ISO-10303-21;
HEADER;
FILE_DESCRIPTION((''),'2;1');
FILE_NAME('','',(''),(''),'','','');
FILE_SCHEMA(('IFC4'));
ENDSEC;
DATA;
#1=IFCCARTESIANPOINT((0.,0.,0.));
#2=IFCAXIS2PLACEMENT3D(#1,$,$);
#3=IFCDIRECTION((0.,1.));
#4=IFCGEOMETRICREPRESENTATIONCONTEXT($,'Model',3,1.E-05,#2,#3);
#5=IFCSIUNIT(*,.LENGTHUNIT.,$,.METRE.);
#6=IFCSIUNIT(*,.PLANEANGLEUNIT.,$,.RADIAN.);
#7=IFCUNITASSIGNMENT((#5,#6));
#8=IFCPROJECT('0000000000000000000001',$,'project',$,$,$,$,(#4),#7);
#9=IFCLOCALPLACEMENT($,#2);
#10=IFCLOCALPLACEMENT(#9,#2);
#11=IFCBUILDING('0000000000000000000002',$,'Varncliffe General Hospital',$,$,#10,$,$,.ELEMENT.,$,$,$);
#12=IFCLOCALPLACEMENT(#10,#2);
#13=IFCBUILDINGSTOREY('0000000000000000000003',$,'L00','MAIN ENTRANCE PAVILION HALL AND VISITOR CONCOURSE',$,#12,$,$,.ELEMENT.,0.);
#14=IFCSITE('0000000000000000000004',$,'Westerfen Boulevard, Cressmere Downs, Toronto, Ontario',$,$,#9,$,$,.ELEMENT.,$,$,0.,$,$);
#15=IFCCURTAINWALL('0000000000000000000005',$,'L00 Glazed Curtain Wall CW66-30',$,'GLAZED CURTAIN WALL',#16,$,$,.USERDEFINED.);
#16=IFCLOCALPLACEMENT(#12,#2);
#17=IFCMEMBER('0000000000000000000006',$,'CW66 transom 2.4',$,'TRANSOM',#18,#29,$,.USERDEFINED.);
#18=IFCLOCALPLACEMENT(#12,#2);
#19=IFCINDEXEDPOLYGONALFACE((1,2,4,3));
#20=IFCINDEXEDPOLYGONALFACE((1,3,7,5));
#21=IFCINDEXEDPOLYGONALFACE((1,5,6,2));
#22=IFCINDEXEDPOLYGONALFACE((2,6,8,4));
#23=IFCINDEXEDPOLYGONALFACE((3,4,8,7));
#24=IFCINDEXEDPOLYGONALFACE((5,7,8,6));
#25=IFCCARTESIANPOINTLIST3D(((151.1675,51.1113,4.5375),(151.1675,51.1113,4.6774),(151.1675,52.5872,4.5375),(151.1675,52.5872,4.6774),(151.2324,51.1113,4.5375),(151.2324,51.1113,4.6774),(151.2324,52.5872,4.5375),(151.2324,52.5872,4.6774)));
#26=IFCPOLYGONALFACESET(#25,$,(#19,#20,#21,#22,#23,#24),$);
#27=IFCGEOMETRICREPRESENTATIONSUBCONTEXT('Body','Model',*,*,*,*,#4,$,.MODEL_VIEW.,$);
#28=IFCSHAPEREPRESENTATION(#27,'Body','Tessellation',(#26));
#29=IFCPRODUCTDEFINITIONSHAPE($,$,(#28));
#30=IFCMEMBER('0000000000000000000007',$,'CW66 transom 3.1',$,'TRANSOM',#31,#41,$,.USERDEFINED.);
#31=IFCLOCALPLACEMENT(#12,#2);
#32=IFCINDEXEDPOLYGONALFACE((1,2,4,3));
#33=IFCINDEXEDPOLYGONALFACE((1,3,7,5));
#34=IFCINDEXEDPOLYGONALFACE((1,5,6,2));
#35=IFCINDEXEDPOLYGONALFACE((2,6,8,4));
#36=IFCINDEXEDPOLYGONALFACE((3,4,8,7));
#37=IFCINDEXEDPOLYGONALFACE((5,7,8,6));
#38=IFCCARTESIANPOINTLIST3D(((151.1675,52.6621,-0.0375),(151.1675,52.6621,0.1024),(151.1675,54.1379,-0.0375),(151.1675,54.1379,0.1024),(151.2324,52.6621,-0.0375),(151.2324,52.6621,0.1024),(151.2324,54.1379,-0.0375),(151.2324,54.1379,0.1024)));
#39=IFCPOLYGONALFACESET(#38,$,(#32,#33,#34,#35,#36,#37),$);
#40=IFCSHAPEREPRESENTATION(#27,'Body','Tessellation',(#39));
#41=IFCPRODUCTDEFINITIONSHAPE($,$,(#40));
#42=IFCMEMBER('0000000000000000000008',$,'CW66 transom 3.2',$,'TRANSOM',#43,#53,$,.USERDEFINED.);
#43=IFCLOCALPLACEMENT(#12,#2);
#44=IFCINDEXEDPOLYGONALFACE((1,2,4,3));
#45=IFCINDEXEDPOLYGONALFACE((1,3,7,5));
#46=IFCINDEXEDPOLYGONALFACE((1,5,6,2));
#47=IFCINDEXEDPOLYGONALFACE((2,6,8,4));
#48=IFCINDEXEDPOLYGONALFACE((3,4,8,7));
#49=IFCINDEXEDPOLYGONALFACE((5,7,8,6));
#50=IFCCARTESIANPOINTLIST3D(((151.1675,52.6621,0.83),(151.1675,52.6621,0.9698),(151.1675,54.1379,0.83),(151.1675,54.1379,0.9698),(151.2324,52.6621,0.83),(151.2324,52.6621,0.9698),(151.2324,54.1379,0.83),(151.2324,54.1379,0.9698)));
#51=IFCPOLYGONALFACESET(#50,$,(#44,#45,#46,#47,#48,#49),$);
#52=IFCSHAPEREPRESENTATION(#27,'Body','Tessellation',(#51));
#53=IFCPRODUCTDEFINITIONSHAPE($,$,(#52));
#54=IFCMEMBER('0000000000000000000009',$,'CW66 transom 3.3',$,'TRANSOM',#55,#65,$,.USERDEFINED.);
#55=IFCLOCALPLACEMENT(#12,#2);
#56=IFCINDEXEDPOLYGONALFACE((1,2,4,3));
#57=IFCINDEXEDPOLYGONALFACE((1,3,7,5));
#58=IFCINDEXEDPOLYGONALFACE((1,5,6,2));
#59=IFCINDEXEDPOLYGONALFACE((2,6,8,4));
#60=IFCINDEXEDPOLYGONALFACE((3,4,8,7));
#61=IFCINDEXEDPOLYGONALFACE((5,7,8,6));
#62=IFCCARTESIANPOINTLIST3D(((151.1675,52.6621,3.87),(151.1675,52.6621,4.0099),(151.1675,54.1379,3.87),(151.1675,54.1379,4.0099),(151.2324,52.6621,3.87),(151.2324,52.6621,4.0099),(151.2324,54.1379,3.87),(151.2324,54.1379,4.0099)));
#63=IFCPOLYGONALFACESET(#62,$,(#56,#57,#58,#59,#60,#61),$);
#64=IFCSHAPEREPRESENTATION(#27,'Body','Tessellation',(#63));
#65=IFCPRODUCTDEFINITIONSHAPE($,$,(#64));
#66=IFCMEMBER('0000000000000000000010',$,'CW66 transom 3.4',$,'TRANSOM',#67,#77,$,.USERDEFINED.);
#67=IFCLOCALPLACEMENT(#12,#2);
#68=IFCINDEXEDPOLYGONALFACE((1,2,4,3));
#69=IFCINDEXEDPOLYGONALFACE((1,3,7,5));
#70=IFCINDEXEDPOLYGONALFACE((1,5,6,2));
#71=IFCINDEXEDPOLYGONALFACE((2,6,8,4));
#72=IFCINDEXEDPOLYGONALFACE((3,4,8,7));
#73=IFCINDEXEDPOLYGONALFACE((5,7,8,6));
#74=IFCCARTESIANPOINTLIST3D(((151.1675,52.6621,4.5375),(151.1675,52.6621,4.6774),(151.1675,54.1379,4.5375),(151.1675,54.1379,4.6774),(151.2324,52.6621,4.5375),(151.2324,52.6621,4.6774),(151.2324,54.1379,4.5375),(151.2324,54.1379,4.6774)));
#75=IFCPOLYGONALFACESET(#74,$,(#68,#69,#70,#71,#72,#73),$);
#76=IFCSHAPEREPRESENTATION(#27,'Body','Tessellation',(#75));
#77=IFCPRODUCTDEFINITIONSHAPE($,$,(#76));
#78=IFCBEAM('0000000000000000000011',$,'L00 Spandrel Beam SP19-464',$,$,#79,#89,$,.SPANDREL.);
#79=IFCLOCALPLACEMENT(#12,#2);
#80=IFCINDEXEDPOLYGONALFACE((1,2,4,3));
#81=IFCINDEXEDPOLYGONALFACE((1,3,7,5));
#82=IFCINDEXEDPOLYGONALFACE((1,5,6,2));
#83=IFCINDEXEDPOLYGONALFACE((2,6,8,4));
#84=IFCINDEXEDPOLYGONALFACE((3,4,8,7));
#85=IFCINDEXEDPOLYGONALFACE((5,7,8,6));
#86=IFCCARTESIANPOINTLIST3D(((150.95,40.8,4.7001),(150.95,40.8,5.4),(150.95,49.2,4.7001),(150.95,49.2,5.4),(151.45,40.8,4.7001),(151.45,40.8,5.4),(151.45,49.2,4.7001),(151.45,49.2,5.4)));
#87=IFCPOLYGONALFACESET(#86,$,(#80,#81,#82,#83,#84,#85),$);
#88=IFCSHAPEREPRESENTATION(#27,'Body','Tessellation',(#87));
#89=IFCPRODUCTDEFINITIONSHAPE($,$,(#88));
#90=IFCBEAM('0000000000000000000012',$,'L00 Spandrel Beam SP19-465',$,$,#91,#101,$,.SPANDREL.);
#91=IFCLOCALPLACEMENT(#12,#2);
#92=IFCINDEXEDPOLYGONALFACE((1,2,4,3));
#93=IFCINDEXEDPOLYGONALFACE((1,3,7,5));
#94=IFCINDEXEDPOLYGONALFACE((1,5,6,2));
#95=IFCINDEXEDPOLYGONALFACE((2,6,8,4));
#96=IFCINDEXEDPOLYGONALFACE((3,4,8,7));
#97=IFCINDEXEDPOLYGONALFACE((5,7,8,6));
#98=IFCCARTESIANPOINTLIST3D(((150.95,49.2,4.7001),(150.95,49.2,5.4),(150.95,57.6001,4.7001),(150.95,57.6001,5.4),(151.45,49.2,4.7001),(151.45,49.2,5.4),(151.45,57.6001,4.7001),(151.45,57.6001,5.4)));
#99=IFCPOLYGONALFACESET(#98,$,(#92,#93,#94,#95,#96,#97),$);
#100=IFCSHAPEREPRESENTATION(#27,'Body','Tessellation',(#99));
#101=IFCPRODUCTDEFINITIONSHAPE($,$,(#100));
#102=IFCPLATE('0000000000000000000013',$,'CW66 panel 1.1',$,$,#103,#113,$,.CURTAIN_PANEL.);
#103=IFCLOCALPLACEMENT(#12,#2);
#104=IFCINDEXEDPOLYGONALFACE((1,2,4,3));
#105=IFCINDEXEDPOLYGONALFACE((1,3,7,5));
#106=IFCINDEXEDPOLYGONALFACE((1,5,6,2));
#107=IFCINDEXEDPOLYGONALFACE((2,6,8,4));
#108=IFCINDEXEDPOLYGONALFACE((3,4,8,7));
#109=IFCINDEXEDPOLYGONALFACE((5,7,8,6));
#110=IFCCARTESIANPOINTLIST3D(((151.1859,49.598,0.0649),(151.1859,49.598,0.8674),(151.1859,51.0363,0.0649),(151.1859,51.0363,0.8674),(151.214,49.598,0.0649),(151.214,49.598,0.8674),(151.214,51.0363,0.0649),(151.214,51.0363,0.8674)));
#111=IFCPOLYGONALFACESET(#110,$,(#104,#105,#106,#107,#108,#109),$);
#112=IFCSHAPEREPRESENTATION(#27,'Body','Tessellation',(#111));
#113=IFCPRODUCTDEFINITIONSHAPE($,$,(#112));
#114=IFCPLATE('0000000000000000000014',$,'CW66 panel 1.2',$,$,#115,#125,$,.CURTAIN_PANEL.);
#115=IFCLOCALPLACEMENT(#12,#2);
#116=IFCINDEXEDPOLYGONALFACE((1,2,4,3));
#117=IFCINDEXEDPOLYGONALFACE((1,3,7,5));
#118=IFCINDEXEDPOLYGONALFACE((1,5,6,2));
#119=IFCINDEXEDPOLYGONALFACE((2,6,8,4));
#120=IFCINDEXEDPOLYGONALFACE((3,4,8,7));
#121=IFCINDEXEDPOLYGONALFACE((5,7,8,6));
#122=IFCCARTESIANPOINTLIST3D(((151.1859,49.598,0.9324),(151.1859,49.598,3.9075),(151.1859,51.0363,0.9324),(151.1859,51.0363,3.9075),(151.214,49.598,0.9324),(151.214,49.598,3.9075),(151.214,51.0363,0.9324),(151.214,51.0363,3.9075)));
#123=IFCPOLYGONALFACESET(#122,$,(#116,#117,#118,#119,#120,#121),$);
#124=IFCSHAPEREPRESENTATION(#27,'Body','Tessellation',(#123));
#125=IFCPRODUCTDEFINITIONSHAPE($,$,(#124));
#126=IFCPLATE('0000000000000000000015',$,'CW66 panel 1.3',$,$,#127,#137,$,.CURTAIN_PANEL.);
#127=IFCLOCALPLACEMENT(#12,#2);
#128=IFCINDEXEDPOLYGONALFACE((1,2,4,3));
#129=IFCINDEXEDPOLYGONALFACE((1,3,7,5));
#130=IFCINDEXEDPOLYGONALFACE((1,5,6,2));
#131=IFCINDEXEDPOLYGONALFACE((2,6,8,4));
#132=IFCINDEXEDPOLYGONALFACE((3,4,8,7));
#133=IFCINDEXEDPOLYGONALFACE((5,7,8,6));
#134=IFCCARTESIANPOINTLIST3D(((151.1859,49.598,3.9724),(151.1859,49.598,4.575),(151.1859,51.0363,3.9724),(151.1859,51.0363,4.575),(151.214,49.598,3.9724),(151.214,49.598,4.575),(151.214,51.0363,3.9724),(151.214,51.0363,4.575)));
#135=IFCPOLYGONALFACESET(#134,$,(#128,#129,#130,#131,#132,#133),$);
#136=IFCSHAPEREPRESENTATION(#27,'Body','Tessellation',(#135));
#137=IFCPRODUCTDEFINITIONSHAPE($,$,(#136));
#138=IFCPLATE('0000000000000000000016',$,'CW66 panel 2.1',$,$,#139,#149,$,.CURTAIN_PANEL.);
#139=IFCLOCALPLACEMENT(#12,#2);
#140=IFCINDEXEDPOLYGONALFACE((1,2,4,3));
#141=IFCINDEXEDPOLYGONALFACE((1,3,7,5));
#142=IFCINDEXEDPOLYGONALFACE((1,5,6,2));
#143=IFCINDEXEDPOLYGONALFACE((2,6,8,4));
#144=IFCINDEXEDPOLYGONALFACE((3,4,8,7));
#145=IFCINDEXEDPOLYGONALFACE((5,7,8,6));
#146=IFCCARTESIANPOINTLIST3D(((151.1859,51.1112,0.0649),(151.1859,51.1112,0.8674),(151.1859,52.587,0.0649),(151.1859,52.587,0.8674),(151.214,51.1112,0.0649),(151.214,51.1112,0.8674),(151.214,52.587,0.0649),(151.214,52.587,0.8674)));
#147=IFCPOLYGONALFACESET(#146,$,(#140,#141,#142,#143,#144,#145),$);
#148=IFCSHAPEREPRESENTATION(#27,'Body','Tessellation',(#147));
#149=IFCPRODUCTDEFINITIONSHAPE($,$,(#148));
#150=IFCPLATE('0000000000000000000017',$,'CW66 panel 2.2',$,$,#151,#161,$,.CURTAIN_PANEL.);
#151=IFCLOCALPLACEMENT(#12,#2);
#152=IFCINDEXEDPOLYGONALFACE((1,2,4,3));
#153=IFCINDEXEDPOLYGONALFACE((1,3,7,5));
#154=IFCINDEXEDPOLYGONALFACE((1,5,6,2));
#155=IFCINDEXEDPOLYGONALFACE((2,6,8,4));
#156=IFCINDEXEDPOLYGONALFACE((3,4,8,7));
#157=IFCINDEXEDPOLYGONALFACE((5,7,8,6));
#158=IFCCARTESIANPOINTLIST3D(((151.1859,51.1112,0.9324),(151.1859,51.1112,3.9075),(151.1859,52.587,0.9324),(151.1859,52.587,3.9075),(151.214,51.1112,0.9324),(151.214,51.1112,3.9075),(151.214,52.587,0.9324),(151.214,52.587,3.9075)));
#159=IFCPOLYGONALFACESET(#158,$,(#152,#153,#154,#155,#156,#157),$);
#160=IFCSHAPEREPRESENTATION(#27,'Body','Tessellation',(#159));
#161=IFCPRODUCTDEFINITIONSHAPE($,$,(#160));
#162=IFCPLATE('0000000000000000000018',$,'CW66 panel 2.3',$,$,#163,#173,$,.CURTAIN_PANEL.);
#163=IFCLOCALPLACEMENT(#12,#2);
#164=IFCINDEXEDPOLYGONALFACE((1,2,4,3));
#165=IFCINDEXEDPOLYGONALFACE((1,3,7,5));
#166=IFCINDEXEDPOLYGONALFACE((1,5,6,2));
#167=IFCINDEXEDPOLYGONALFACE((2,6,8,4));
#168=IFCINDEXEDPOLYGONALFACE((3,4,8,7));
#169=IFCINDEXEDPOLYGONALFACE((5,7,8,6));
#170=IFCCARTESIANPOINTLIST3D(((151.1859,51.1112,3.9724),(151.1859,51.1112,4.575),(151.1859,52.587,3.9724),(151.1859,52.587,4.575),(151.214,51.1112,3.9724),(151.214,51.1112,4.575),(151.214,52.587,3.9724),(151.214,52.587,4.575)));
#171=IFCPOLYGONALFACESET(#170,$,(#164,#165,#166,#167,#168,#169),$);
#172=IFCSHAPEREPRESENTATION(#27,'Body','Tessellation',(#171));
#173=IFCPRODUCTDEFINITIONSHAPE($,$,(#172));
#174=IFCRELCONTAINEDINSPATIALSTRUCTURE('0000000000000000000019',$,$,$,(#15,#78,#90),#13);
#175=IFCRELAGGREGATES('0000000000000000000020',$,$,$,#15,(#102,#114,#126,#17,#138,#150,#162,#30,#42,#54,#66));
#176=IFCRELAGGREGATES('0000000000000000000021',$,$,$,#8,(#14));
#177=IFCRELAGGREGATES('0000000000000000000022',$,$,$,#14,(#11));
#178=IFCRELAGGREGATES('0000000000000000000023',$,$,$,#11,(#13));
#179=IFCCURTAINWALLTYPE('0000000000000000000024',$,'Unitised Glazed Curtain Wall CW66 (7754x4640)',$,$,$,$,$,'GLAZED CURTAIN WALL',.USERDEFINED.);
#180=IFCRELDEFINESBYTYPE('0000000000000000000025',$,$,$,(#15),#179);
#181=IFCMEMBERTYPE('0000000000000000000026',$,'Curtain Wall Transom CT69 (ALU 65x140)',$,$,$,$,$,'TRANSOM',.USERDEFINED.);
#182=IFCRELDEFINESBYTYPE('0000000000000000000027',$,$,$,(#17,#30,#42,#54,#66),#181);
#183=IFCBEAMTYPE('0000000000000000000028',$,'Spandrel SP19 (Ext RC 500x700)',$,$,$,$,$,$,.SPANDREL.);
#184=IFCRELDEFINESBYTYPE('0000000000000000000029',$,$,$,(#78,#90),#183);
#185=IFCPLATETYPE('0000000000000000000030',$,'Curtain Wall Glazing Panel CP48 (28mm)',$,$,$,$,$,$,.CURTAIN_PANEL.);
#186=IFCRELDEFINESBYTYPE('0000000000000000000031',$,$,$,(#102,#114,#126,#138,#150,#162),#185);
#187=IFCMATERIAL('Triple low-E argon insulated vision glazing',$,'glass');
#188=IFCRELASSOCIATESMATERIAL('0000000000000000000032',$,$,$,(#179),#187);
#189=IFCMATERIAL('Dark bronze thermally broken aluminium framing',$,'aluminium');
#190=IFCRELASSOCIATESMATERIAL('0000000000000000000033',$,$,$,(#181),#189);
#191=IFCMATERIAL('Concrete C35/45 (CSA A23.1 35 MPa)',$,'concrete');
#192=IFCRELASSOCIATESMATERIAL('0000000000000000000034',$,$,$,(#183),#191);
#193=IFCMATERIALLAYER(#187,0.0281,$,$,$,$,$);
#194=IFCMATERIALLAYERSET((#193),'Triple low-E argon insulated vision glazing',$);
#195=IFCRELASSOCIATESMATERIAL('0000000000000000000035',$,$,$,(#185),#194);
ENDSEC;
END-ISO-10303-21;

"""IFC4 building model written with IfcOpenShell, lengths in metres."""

from ifc_helpers import new_model, si_unit, direction, frame, origin, origin_2d, place, context, subcontext, project, spatial, rectangle, extrude, material, layer, layer_set, material_profile, profile_set, type_object, element, aggregate, save


model = new_model("IFC4")

# Units and contexts
model_context = context("Model", 3, precision=1e-05, world=origin(), true_north=direction((0.0, 1.0)))
body_context = subcontext(model_context, "Body", "Model", "MODEL_VIEW")
ifc_project = project(units=[si_unit("LENGTHUNIT", "METRE"), si_unit("PLANEANGLEUNIT", "RADIAN")], contexts=[model_context])

# Site, building, storey
site_placement = place(None, origin())
site = spatial("IfcSite", under=ifc_project, at=site_placement, Name="Westerfen Boulevard, Cressmere Downs, Toronto, Ontario", CompositionType="ELEMENT", RefElevation=0.0)
building_placement = place(site_placement, origin())
building = spatial("IfcBuilding", under=site, at=building_placement, Name="Varncliffe General Hospital", CompositionType="ELEMENT")
storey_placement = place(building_placement, origin())
storey = spatial("IfcBuildingStorey", under=building, at=storey_placement, Name="L00", Description="MAIN ENTRANCE PAVILION HALL AND VISITOR CONCOURSE", CompositionType="ELEMENT", Elevation=0.0)

# Shared definitions
ifc_material_1 = material(Name="Concrete C35/45 (CSA A23.1 35 MPa)", Category="concrete")

# Curtain wall, members
ifc_material_2 = material(Name="Triple low-E argon insulated vision glazing", Category="glass")
curtain_wall_type = type_object("IfcCurtainWallType", Name="Unitised Glazed Curtain Wall CW66 (7754x4640)", ElementType="GLAZED CURTAIN WALL", PredefinedType="USERDEFINED", material=ifc_material_2)
curtain_wall_placement = place(storey_placement, origin())
curtain_wall = element("IfcCurtainWall", 1, at=curtain_wall_placement, inside=storey, type_object=curtain_wall_type, Name="L00 Glazed Curtain Wall CW66-30", ObjectType="GLAZED CURTAIN WALL", PredefinedType="USERDEFINED")
ifc_material_3 = material(Name="Dark bronze thermally broken aluminium framing", Category="aluminium")
ifc_material_profile_1 = material_profile(ifc_material_3, rectangle(XDim=0.0649, YDim=0.1399, at=origin_2d()), Name="ALU 65x140")
ifc_profile_set_1 = profile_set([ifc_material_profile_1], Name="Dark bronze thermally broken aluminium framing")
member_type_1 = type_object("IfcMemberType", Name="Curtain Wall Transom CT69 (ALU 65x140)", ElementType="TRANSOM", PredefinedType="USERDEFINED", material=ifc_profile_set_1)
member_1_placement = place(storey_placement, frame((151.2, 51.1113, 4.6074), z_axis=(0.0, 1.0, 0.0), x_axis=(-1.0, 0.0, 0.0)))
member_1 = element("IfcMember", 2, at=member_1_placement, type_object=member_type_1, Name="CW66 transom 2.4", ObjectType="TRANSOM", PredefinedType="USERDEFINED", context=body_context, shape_type="SweptSolid", body=[
    extrude(rectangle(XDim=0.0649, YDim=0.1399, at=origin_2d()), origin(), (0.0, 0.0, 1.0), 1.4758),
])
member_2_placement = place(storey_placement, frame((151.2, 52.6621, 0.0325), z_axis=(0.0, 1.0, 0.0), x_axis=(-1.0, 0.0, 0.0)))
member_2 = element("IfcMember", 3, at=member_2_placement, type_object=member_type_1, Name="CW66 transom 3.1", ObjectType="TRANSOM", PredefinedType="USERDEFINED", context=body_context, shape_type="SweptSolid", body=[
    extrude(rectangle(XDim=0.0649, YDim=0.1399, at=origin_2d()), origin(), (0.0, 0.0, 1.0), 1.4758),
])
member_3_placement = place(storey_placement, frame((151.2, 52.6621, 0.8999), z_axis=(0.0, 1.0, 0.0), x_axis=(-1.0, 0.0, 0.0)))
member_3 = element("IfcMember", 4, at=member_3_placement, type_object=member_type_1, Name="CW66 transom 3.2", ObjectType="TRANSOM", PredefinedType="USERDEFINED", context=body_context, shape_type="SweptSolid", body=[
    extrude(rectangle(XDim=0.0649, YDim=0.1399, at=origin_2d()), origin(), (0.0, 0.0, 1.0), 1.4758),
])
member_4_placement = place(storey_placement, frame((151.2, 52.6621, 3.9399), z_axis=(0.0, 1.0, 0.0), x_axis=(-1.0, 0.0, 0.0)))
member_4 = element("IfcMember", 5, at=member_4_placement, type_object=member_type_1, Name="CW66 transom 3.3", ObjectType="TRANSOM", PredefinedType="USERDEFINED", context=body_context, shape_type="SweptSolid", body=[
    extrude(rectangle(XDim=0.0649, YDim=0.1399, at=origin_2d()), origin(), (0.0, 0.0, 1.0), 1.4758),
])
member_5_placement = place(storey_placement, frame((151.2, 52.6621, 4.6074), z_axis=(0.0, 1.0, 0.0), x_axis=(-1.0, 0.0, 0.0)))
member_5 = element("IfcMember", 6, at=member_5_placement, type_object=member_type_1, Name="CW66 transom 3.4", ObjectType="TRANSOM", PredefinedType="USERDEFINED", context=body_context, shape_type="SweptSolid", body=[
    extrude(rectangle(XDim=0.0649, YDim=0.1399, at=origin_2d()), origin(), (0.0, 0.0, 1.0), 1.4758),
])

# Beams
ifc_material_profile_2 = material_profile(ifc_material_1, rectangle(XDim=0.5, YDim=0.7, at=origin_2d()), Name="RC 500x700")
ifc_profile_set_2 = profile_set([ifc_material_profile_2], Name="Concrete C35/45 (CSA A23.1 35 MPa)")
beam_type_1 = type_object("IfcBeamType", Name="Spandrel SP19 (Ext RC 500x700)", PredefinedType="SPANDREL", material=ifc_profile_set_2)
beam_1_placement = place(storey_placement, frame((151.2, 40.8, 5.05), z_axis=(0.0, 1.0, 0.0), x_axis=(-1.0, 0.0, 0.0)))
element("IfcBeam", 7, at=beam_1_placement, inside=storey, type_object=beam_type_1, Name="L00 Spandrel Beam SP19-464", PredefinedType="SPANDREL", context=body_context, shape_type="SweptSolid", body=[
    extrude(rectangle(XDim=0.5, YDim=0.7, at=origin_2d()), origin(), (0.0, 0.0, 1.0), 8.3999),
])
beam_2_placement = place(storey_placement, frame((151.2, 49.2, 5.05), z_axis=(0.0, 1.0, 0.0), x_axis=(-1.0, 0.0, 0.0)))
element("IfcBeam", 8, at=beam_2_placement, inside=storey, type_object=beam_type_1, Name="L00 Spandrel Beam SP19-465", PredefinedType="SPANDREL", context=body_context, shape_type="SweptSolid", body=[
    extrude(rectangle(XDim=0.5, YDim=0.7, at=origin_2d()), origin(), (0.0, 0.0, 1.0), 8.4001),
])

# Plates
ifc_layer_1 = layer(ifc_material_2, 0.0281)
ifc_layer_set_1 = layer_set([ifc_layer_1], Name="Triple low-E argon insulated vision glazing")
plate_type = type_object("IfcPlateType", Name="Curtain Wall Glazing Panel CP48 (28mm)", PredefinedType="CURTAIN_PANEL", material=ifc_layer_set_1)
plate_1_placement = place(storey_placement, frame((151.2, 50.3171, 0.0649), z_axis=(0.0, 0.0, 1.0), x_axis=(0.0, 1.0, 0.0)))
plate_1 = element("IfcPlate", 9, at=plate_1_placement, type_object=plate_type, Name="CW66 panel 1.1", PredefinedType="CURTAIN_PANEL", context=body_context, shape_type="SweptSolid", body=[
    extrude(rectangle(XDim=1.4382, YDim=0.0281, at=origin_2d()), origin(), (0.0, 0.0, 1.0), 0.8025),
])
plate_2_placement = place(storey_placement, frame((151.2, 50.3171, 0.9324), z_axis=(0.0, 0.0, 1.0), x_axis=(0.0, 1.0, 0.0)))
plate_2 = element("IfcPlate", 10, at=plate_2_placement, type_object=plate_type, Name="CW66 panel 1.2", PredefinedType="CURTAIN_PANEL", context=body_context, shape_type="SweptSolid", body=[
    extrude(rectangle(XDim=1.4382, YDim=0.0281, at=origin_2d()), origin(), (0.0, 0.0, 1.0), 2.9751),
])
plate_3_placement = place(storey_placement, frame((151.2, 50.3171, 3.9724), z_axis=(0.0, 0.0, 1.0), x_axis=(0.0, 1.0, 0.0)))
plate_3 = element("IfcPlate", 11, at=plate_3_placement, type_object=plate_type, Name="CW66 panel 1.3", PredefinedType="CURTAIN_PANEL", context=body_context, shape_type="SweptSolid", body=[
    extrude(rectangle(XDim=1.4382, YDim=0.0281, at=origin_2d()), origin(), (0.0, 0.0, 1.0), 0.6025),
])
plate_4_placement = place(storey_placement, frame((151.2, 51.8491, 0.0649), z_axis=(0.0, 0.0, 1.0), x_axis=(0.0, 1.0, 0.0)))
plate_4 = element("IfcPlate", 12, at=plate_4_placement, type_object=plate_type, Name="CW66 panel 2.1", PredefinedType="CURTAIN_PANEL", context=body_context, shape_type="SweptSolid", body=[
    extrude(rectangle(XDim=1.4758, YDim=0.0281, at=origin_2d()), origin(), (0.0, 0.0, 1.0), 0.8025),
])
plate_5_placement = place(storey_placement, frame((151.2, 51.8491, 0.9324), z_axis=(0.0, 0.0, 1.0), x_axis=(0.0, 1.0, 0.0)))
plate_5 = element("IfcPlate", 13, at=plate_5_placement, type_object=plate_type, Name="CW66 panel 2.2", PredefinedType="CURTAIN_PANEL", context=body_context, shape_type="SweptSolid", body=[
    extrude(rectangle(XDim=1.4758, YDim=0.0281, at=origin_2d()), origin(), (0.0, 0.0, 1.0), 2.9751),
])
plate_6_placement = place(storey_placement, frame((151.2, 51.8491, 3.9724), z_axis=(0.0, 0.0, 1.0), x_axis=(0.0, 1.0, 0.0)))
plate_6 = element("IfcPlate", 14, at=plate_6_placement, type_object=plate_type, Name="CW66 panel 2.3", PredefinedType="CURTAIN_PANEL", context=body_context, shape_type="SweptSolid", body=[
    extrude(rectangle(XDim=1.4758, YDim=0.0281, at=origin_2d()), origin(), (0.0, 0.0, 1.0), 0.6025),
])
aggregate(curtain_wall, [plate_1, plate_2, plate_3, member_1, plate_4, plate_5, plate_6, member_2, member_3, member_4, member_5])

save(model, "model.ifc")
